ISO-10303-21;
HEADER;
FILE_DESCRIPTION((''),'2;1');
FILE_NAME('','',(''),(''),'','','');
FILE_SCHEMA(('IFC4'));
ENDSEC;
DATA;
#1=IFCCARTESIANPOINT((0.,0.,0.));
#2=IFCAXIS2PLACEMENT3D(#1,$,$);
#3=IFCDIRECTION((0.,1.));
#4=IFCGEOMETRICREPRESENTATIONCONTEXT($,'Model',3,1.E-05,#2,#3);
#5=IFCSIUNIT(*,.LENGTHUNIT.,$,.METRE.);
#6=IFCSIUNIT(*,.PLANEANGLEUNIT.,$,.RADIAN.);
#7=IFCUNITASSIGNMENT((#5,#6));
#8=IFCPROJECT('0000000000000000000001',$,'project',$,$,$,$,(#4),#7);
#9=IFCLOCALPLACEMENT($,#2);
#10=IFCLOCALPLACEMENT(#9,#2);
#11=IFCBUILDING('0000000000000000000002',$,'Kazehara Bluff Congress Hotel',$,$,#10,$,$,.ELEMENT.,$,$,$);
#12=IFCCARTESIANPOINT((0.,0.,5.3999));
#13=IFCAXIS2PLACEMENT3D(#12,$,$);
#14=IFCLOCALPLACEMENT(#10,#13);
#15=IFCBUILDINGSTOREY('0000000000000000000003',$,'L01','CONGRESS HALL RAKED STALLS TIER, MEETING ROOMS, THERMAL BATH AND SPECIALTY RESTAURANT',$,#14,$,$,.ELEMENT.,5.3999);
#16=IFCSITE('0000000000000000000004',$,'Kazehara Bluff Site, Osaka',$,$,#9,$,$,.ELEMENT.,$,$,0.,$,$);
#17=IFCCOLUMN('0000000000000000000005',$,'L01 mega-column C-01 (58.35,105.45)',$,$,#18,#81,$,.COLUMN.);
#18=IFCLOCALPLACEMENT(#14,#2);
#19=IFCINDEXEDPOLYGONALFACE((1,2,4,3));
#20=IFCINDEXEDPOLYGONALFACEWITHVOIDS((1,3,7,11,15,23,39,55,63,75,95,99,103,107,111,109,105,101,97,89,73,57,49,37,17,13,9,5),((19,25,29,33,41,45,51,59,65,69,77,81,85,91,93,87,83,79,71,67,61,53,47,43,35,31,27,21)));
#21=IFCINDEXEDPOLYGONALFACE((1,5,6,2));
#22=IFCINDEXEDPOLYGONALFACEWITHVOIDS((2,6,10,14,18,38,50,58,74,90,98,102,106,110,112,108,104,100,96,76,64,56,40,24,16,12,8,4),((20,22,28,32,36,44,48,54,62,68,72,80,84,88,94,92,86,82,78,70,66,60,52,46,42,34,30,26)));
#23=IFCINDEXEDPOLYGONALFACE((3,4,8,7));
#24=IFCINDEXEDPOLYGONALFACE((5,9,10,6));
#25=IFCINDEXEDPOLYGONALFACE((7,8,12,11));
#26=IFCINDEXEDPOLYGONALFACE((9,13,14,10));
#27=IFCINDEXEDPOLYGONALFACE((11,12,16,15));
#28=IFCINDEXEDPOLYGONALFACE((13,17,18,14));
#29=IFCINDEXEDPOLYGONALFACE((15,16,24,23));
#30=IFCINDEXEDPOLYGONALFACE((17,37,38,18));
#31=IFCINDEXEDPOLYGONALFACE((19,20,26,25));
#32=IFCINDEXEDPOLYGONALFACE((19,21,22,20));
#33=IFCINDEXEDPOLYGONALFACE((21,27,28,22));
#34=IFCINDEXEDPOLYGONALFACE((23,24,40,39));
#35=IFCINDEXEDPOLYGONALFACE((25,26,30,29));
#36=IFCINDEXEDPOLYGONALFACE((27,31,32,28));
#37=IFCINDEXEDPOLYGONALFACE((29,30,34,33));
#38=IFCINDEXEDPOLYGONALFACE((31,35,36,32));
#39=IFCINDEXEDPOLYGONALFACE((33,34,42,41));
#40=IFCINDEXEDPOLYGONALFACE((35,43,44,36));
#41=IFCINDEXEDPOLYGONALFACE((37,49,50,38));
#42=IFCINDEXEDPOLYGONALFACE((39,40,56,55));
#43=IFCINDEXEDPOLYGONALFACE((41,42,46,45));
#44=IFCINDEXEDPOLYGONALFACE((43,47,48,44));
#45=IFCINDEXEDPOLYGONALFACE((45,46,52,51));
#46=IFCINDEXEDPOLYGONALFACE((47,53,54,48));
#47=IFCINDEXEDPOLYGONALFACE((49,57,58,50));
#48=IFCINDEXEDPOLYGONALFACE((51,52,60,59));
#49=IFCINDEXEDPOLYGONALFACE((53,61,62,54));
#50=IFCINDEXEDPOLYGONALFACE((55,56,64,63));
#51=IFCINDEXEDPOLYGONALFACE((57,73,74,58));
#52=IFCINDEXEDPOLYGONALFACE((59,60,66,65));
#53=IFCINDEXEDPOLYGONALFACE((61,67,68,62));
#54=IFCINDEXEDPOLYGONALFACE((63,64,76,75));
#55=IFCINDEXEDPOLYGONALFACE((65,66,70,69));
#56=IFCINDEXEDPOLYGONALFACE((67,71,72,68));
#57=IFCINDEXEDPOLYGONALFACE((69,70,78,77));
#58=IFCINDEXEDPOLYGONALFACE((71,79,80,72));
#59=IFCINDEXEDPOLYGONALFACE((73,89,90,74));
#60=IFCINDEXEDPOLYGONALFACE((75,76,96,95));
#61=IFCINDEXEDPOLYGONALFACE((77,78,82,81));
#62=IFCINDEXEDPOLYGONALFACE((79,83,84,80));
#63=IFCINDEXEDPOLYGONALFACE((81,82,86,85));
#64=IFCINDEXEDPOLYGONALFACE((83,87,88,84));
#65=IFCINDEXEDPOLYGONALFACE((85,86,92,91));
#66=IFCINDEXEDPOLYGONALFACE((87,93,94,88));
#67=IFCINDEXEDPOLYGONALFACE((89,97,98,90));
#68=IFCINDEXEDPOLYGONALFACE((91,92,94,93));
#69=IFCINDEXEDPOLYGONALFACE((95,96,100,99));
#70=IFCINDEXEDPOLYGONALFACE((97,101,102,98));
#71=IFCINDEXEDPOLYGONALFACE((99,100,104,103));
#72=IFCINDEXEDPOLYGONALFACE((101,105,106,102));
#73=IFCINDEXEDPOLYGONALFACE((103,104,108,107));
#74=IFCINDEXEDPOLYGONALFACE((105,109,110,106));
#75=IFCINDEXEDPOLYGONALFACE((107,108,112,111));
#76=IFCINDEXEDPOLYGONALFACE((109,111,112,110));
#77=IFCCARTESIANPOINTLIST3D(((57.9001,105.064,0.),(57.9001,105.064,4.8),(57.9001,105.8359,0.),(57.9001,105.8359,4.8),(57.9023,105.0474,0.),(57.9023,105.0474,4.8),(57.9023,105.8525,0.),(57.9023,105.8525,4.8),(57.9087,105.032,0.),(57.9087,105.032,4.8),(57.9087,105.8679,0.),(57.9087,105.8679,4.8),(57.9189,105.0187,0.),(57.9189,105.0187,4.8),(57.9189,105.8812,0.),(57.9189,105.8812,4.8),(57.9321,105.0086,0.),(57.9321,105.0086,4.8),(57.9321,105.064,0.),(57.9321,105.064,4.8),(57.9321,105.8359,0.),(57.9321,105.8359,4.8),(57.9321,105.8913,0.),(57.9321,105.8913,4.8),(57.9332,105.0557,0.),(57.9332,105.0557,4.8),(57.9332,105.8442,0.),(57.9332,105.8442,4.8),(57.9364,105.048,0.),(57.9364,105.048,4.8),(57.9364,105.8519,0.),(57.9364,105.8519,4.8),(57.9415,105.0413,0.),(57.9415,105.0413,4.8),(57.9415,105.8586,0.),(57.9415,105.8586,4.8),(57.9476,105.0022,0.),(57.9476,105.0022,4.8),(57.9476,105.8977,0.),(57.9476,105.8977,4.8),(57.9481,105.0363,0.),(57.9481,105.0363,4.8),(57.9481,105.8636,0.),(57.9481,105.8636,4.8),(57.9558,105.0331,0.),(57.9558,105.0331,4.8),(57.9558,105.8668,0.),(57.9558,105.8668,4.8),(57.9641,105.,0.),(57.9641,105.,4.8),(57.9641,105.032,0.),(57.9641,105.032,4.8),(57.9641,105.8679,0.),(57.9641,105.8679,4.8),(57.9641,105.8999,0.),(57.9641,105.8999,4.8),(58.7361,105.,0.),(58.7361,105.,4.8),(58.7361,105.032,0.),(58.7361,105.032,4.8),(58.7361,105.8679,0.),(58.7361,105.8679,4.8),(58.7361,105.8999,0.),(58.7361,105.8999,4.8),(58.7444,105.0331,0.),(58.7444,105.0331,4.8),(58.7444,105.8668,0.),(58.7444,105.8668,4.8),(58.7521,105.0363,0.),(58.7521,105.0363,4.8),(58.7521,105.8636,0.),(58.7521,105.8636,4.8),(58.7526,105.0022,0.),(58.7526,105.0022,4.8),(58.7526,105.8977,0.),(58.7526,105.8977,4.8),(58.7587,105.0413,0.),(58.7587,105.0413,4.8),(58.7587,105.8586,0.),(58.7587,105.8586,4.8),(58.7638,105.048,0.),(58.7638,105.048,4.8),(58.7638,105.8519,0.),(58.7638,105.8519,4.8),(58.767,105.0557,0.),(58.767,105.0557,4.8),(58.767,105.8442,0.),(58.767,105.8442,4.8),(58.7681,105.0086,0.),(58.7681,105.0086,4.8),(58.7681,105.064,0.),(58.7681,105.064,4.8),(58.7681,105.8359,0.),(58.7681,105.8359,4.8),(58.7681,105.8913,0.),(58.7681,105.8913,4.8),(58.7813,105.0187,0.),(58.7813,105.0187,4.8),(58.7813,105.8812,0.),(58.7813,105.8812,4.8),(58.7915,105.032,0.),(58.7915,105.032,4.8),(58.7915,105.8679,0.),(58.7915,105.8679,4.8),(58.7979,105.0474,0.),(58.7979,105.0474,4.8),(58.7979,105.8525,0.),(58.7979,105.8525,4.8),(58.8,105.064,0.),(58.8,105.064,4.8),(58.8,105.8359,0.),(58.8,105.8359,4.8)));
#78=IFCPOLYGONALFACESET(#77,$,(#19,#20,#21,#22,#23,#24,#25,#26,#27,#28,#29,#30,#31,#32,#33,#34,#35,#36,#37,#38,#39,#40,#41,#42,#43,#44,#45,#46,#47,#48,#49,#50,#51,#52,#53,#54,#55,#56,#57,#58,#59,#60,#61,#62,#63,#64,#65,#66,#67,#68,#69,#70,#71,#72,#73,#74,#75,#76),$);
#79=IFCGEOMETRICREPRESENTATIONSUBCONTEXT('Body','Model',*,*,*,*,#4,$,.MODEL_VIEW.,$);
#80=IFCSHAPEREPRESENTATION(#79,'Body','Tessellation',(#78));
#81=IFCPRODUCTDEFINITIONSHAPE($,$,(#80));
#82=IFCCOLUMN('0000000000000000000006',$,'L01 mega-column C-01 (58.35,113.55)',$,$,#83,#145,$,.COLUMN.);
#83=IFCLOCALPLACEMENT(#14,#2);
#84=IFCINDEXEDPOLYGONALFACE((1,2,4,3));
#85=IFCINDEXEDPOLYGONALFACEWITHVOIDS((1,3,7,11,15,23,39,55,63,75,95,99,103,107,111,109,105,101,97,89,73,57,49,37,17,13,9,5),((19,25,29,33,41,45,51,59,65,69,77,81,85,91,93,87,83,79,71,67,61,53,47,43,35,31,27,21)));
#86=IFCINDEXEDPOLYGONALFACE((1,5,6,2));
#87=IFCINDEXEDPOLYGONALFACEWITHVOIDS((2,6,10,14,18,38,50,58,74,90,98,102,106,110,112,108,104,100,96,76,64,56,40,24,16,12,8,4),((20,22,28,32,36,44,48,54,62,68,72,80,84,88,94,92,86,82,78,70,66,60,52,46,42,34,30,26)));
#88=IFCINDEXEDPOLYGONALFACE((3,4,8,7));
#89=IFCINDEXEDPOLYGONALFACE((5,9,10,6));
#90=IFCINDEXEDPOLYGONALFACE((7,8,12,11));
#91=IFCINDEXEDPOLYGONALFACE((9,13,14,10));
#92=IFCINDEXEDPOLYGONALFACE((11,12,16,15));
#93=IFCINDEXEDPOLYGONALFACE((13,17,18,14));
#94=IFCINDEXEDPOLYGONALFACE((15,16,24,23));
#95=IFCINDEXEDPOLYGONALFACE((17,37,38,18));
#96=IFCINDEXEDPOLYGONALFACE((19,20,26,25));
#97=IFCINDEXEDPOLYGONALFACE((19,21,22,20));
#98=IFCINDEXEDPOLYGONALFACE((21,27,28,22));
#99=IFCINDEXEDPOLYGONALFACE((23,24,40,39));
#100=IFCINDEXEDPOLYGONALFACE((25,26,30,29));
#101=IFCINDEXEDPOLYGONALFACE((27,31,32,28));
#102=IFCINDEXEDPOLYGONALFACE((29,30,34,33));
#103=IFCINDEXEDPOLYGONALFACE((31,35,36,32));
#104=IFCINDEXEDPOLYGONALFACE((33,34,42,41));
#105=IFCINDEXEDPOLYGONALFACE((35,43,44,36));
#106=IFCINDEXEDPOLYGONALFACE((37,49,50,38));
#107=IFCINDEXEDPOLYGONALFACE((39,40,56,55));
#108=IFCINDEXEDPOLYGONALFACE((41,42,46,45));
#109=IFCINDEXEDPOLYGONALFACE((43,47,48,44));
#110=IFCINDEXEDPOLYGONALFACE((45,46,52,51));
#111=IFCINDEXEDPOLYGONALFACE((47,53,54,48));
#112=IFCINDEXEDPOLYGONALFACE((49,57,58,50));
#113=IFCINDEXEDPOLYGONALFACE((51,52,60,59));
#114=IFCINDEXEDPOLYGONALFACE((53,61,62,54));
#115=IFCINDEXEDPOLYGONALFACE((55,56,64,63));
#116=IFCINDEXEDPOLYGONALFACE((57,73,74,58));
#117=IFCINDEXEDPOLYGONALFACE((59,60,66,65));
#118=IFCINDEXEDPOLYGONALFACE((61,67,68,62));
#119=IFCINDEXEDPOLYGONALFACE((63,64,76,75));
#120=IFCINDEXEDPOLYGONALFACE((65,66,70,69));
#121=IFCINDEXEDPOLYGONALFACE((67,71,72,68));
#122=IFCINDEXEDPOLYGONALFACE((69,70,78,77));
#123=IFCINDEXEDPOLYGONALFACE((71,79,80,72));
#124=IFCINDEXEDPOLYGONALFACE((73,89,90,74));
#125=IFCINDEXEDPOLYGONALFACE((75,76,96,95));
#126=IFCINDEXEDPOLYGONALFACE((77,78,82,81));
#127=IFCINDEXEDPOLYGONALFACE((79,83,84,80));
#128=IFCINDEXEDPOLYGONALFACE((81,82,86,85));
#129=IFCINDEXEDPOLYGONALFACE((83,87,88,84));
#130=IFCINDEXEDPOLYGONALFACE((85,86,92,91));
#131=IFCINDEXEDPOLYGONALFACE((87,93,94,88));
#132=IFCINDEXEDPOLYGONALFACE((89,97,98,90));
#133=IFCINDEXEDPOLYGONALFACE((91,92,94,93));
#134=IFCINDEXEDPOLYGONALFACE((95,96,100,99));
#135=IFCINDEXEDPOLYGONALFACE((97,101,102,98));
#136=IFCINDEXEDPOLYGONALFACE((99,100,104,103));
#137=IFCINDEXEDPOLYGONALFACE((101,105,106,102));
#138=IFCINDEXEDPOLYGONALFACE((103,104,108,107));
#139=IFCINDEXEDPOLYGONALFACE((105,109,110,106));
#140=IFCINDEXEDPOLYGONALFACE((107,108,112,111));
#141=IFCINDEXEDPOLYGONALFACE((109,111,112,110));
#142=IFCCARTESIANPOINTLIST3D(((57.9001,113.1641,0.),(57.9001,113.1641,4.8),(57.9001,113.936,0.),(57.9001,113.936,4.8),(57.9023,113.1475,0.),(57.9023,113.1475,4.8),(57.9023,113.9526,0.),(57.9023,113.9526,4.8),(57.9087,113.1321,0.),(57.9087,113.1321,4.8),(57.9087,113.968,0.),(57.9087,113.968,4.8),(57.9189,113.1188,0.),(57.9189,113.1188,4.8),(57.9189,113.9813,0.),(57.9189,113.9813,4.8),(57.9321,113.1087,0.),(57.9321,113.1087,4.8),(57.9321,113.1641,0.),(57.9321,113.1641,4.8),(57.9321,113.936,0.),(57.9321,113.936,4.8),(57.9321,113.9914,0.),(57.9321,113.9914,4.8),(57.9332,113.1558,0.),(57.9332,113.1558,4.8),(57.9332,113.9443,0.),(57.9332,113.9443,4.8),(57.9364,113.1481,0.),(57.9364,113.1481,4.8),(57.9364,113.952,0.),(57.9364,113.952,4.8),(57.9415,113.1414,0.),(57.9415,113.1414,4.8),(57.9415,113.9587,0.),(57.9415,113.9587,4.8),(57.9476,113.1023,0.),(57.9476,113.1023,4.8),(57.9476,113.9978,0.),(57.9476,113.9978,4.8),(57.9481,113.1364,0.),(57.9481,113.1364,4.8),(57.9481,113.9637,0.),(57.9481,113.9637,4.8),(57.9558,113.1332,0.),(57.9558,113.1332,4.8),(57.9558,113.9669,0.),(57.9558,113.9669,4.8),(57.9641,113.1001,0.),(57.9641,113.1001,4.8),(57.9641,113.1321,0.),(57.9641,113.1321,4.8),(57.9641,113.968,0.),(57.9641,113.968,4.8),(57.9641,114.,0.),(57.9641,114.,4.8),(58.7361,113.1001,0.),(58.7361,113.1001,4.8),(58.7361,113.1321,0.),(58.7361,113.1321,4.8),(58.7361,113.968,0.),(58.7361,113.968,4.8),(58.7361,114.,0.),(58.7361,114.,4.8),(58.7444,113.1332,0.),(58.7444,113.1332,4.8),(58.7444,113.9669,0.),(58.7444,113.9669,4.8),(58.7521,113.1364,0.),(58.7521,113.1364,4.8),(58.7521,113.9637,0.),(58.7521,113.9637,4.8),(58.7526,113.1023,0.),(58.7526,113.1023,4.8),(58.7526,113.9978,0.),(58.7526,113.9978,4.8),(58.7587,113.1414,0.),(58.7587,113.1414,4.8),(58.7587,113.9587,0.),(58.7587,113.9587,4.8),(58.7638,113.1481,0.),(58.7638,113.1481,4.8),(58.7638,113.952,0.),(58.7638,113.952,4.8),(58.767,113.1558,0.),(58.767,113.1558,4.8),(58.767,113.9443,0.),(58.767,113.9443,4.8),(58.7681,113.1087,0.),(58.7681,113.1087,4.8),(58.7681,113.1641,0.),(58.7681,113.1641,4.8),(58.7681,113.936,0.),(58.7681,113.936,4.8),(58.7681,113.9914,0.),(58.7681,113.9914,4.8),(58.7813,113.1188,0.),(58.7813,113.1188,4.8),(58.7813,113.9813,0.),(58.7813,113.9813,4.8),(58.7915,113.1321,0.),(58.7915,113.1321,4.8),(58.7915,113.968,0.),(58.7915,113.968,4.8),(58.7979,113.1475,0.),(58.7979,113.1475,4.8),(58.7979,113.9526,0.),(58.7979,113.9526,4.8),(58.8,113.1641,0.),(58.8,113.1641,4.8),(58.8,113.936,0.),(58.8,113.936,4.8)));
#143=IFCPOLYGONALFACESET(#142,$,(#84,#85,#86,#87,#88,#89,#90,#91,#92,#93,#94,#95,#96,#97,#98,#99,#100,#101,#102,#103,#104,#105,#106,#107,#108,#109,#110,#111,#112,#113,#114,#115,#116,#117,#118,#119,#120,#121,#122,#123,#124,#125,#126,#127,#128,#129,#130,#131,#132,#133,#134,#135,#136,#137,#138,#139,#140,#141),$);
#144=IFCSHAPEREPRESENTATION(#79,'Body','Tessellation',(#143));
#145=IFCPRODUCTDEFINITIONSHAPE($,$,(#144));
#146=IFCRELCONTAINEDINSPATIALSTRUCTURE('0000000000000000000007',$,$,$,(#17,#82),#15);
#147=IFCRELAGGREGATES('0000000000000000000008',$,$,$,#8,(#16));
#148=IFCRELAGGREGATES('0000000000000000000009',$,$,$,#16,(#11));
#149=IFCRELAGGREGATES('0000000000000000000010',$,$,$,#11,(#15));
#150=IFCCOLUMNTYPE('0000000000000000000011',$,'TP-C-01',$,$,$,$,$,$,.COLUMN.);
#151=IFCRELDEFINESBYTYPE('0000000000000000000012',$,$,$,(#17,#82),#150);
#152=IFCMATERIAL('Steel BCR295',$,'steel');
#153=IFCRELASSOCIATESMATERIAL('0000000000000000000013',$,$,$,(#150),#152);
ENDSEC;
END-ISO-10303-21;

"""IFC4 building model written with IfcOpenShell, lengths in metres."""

from ifc_helpers import new_model, si_unit, direction, frame, origin, origin_2d, place, context, subcontext, project, spatial, hollow_rectangle, extrude, material, material_profile, profile_set, type_object, element, save


model = new_model("IFC4")

# Units and contexts
model_context = context("Model", 3, precision=1e-05, world=origin(), true_north=direction((0.0, 1.0)))
body_context = subcontext(model_context, "Body", "Model", "MODEL_VIEW")
ifc_project = project(units=[si_unit("LENGTHUNIT", "METRE"), si_unit("PLANEANGLEUNIT", "RADIAN")], contexts=[model_context])

# Site, building, storey
site_placement = place(None, origin())
site = spatial("IfcSite", under=ifc_project, at=site_placement, Name="Kazehara Bluff Site, Osaka", CompositionType="ELEMENT", RefElevation=0.0)
building_placement = place(site_placement, origin())
building = spatial("IfcBuilding", under=site, at=building_placement, Name="Kazehara Bluff Congress Hotel", CompositionType="ELEMENT")
storey_placement = place(building_placement, frame((0.0, 0.0, 5.3999)))
storey = spatial("IfcBuildingStorey", under=building, at=storey_placement, Name="L01", Description="CONGRESS HALL RAKED STALLS TIER, MEETING ROOMS, THERMAL BATH AND SPECIALTY RESTAURANT", CompositionType="ELEMENT", Elevation=5.3999)

# Columns
ifc_material_1 = material(Name="Steel BCR295", Category="steel")
ifc_material_profile_1 = material_profile(ifc_material_1, hollow_rectangle(XDim=0.8999, YDim=0.8999, WallThickness=0.032, InnerFilletRadius=0.032, OuterFilletRadius=0.064, at=origin_2d()))
ifc_profile_set_1 = profile_set([ifc_material_profile_1], Name="Steel BCR295")
column_type_1 = type_object("IfcColumnType", Name="TP-C-01", PredefinedType="COLUMN", material=ifc_profile_set_1)
for number, where, z_axis, x_axis, name in (
    (1, (58.3501, 105.45, 0.0), (0.0, 0.0, 1.0), (1.0, 0.0, 0.0), "L01 mega-column C-01 (58.35,105.45)"),
    (2, (58.3501, 113.55, 0.0), (0.0, 0.0, 1.0), (1.0, 0.0, 0.0), "L01 mega-column C-01 (58.35,113.55)"),
):
    element("IfcColumn", number, at=place(storey_placement, frame(where, z_axis=z_axis, x_axis=x_axis)), inside=storey, type_object=column_type_1, Name=name, PredefinedType="COLUMN", context=body_context, shape_type="SweptSolid", body=[
        extrude(hollow_rectangle(XDim=0.8999, YDim=0.8999, WallThickness=0.032, InnerFilletRadius=0.032, OuterFilletRadius=0.064, at=origin_2d()), origin(), (0.0, 0.0, 1.0), 4.8),
    ])

save(model, "model.ifc")
